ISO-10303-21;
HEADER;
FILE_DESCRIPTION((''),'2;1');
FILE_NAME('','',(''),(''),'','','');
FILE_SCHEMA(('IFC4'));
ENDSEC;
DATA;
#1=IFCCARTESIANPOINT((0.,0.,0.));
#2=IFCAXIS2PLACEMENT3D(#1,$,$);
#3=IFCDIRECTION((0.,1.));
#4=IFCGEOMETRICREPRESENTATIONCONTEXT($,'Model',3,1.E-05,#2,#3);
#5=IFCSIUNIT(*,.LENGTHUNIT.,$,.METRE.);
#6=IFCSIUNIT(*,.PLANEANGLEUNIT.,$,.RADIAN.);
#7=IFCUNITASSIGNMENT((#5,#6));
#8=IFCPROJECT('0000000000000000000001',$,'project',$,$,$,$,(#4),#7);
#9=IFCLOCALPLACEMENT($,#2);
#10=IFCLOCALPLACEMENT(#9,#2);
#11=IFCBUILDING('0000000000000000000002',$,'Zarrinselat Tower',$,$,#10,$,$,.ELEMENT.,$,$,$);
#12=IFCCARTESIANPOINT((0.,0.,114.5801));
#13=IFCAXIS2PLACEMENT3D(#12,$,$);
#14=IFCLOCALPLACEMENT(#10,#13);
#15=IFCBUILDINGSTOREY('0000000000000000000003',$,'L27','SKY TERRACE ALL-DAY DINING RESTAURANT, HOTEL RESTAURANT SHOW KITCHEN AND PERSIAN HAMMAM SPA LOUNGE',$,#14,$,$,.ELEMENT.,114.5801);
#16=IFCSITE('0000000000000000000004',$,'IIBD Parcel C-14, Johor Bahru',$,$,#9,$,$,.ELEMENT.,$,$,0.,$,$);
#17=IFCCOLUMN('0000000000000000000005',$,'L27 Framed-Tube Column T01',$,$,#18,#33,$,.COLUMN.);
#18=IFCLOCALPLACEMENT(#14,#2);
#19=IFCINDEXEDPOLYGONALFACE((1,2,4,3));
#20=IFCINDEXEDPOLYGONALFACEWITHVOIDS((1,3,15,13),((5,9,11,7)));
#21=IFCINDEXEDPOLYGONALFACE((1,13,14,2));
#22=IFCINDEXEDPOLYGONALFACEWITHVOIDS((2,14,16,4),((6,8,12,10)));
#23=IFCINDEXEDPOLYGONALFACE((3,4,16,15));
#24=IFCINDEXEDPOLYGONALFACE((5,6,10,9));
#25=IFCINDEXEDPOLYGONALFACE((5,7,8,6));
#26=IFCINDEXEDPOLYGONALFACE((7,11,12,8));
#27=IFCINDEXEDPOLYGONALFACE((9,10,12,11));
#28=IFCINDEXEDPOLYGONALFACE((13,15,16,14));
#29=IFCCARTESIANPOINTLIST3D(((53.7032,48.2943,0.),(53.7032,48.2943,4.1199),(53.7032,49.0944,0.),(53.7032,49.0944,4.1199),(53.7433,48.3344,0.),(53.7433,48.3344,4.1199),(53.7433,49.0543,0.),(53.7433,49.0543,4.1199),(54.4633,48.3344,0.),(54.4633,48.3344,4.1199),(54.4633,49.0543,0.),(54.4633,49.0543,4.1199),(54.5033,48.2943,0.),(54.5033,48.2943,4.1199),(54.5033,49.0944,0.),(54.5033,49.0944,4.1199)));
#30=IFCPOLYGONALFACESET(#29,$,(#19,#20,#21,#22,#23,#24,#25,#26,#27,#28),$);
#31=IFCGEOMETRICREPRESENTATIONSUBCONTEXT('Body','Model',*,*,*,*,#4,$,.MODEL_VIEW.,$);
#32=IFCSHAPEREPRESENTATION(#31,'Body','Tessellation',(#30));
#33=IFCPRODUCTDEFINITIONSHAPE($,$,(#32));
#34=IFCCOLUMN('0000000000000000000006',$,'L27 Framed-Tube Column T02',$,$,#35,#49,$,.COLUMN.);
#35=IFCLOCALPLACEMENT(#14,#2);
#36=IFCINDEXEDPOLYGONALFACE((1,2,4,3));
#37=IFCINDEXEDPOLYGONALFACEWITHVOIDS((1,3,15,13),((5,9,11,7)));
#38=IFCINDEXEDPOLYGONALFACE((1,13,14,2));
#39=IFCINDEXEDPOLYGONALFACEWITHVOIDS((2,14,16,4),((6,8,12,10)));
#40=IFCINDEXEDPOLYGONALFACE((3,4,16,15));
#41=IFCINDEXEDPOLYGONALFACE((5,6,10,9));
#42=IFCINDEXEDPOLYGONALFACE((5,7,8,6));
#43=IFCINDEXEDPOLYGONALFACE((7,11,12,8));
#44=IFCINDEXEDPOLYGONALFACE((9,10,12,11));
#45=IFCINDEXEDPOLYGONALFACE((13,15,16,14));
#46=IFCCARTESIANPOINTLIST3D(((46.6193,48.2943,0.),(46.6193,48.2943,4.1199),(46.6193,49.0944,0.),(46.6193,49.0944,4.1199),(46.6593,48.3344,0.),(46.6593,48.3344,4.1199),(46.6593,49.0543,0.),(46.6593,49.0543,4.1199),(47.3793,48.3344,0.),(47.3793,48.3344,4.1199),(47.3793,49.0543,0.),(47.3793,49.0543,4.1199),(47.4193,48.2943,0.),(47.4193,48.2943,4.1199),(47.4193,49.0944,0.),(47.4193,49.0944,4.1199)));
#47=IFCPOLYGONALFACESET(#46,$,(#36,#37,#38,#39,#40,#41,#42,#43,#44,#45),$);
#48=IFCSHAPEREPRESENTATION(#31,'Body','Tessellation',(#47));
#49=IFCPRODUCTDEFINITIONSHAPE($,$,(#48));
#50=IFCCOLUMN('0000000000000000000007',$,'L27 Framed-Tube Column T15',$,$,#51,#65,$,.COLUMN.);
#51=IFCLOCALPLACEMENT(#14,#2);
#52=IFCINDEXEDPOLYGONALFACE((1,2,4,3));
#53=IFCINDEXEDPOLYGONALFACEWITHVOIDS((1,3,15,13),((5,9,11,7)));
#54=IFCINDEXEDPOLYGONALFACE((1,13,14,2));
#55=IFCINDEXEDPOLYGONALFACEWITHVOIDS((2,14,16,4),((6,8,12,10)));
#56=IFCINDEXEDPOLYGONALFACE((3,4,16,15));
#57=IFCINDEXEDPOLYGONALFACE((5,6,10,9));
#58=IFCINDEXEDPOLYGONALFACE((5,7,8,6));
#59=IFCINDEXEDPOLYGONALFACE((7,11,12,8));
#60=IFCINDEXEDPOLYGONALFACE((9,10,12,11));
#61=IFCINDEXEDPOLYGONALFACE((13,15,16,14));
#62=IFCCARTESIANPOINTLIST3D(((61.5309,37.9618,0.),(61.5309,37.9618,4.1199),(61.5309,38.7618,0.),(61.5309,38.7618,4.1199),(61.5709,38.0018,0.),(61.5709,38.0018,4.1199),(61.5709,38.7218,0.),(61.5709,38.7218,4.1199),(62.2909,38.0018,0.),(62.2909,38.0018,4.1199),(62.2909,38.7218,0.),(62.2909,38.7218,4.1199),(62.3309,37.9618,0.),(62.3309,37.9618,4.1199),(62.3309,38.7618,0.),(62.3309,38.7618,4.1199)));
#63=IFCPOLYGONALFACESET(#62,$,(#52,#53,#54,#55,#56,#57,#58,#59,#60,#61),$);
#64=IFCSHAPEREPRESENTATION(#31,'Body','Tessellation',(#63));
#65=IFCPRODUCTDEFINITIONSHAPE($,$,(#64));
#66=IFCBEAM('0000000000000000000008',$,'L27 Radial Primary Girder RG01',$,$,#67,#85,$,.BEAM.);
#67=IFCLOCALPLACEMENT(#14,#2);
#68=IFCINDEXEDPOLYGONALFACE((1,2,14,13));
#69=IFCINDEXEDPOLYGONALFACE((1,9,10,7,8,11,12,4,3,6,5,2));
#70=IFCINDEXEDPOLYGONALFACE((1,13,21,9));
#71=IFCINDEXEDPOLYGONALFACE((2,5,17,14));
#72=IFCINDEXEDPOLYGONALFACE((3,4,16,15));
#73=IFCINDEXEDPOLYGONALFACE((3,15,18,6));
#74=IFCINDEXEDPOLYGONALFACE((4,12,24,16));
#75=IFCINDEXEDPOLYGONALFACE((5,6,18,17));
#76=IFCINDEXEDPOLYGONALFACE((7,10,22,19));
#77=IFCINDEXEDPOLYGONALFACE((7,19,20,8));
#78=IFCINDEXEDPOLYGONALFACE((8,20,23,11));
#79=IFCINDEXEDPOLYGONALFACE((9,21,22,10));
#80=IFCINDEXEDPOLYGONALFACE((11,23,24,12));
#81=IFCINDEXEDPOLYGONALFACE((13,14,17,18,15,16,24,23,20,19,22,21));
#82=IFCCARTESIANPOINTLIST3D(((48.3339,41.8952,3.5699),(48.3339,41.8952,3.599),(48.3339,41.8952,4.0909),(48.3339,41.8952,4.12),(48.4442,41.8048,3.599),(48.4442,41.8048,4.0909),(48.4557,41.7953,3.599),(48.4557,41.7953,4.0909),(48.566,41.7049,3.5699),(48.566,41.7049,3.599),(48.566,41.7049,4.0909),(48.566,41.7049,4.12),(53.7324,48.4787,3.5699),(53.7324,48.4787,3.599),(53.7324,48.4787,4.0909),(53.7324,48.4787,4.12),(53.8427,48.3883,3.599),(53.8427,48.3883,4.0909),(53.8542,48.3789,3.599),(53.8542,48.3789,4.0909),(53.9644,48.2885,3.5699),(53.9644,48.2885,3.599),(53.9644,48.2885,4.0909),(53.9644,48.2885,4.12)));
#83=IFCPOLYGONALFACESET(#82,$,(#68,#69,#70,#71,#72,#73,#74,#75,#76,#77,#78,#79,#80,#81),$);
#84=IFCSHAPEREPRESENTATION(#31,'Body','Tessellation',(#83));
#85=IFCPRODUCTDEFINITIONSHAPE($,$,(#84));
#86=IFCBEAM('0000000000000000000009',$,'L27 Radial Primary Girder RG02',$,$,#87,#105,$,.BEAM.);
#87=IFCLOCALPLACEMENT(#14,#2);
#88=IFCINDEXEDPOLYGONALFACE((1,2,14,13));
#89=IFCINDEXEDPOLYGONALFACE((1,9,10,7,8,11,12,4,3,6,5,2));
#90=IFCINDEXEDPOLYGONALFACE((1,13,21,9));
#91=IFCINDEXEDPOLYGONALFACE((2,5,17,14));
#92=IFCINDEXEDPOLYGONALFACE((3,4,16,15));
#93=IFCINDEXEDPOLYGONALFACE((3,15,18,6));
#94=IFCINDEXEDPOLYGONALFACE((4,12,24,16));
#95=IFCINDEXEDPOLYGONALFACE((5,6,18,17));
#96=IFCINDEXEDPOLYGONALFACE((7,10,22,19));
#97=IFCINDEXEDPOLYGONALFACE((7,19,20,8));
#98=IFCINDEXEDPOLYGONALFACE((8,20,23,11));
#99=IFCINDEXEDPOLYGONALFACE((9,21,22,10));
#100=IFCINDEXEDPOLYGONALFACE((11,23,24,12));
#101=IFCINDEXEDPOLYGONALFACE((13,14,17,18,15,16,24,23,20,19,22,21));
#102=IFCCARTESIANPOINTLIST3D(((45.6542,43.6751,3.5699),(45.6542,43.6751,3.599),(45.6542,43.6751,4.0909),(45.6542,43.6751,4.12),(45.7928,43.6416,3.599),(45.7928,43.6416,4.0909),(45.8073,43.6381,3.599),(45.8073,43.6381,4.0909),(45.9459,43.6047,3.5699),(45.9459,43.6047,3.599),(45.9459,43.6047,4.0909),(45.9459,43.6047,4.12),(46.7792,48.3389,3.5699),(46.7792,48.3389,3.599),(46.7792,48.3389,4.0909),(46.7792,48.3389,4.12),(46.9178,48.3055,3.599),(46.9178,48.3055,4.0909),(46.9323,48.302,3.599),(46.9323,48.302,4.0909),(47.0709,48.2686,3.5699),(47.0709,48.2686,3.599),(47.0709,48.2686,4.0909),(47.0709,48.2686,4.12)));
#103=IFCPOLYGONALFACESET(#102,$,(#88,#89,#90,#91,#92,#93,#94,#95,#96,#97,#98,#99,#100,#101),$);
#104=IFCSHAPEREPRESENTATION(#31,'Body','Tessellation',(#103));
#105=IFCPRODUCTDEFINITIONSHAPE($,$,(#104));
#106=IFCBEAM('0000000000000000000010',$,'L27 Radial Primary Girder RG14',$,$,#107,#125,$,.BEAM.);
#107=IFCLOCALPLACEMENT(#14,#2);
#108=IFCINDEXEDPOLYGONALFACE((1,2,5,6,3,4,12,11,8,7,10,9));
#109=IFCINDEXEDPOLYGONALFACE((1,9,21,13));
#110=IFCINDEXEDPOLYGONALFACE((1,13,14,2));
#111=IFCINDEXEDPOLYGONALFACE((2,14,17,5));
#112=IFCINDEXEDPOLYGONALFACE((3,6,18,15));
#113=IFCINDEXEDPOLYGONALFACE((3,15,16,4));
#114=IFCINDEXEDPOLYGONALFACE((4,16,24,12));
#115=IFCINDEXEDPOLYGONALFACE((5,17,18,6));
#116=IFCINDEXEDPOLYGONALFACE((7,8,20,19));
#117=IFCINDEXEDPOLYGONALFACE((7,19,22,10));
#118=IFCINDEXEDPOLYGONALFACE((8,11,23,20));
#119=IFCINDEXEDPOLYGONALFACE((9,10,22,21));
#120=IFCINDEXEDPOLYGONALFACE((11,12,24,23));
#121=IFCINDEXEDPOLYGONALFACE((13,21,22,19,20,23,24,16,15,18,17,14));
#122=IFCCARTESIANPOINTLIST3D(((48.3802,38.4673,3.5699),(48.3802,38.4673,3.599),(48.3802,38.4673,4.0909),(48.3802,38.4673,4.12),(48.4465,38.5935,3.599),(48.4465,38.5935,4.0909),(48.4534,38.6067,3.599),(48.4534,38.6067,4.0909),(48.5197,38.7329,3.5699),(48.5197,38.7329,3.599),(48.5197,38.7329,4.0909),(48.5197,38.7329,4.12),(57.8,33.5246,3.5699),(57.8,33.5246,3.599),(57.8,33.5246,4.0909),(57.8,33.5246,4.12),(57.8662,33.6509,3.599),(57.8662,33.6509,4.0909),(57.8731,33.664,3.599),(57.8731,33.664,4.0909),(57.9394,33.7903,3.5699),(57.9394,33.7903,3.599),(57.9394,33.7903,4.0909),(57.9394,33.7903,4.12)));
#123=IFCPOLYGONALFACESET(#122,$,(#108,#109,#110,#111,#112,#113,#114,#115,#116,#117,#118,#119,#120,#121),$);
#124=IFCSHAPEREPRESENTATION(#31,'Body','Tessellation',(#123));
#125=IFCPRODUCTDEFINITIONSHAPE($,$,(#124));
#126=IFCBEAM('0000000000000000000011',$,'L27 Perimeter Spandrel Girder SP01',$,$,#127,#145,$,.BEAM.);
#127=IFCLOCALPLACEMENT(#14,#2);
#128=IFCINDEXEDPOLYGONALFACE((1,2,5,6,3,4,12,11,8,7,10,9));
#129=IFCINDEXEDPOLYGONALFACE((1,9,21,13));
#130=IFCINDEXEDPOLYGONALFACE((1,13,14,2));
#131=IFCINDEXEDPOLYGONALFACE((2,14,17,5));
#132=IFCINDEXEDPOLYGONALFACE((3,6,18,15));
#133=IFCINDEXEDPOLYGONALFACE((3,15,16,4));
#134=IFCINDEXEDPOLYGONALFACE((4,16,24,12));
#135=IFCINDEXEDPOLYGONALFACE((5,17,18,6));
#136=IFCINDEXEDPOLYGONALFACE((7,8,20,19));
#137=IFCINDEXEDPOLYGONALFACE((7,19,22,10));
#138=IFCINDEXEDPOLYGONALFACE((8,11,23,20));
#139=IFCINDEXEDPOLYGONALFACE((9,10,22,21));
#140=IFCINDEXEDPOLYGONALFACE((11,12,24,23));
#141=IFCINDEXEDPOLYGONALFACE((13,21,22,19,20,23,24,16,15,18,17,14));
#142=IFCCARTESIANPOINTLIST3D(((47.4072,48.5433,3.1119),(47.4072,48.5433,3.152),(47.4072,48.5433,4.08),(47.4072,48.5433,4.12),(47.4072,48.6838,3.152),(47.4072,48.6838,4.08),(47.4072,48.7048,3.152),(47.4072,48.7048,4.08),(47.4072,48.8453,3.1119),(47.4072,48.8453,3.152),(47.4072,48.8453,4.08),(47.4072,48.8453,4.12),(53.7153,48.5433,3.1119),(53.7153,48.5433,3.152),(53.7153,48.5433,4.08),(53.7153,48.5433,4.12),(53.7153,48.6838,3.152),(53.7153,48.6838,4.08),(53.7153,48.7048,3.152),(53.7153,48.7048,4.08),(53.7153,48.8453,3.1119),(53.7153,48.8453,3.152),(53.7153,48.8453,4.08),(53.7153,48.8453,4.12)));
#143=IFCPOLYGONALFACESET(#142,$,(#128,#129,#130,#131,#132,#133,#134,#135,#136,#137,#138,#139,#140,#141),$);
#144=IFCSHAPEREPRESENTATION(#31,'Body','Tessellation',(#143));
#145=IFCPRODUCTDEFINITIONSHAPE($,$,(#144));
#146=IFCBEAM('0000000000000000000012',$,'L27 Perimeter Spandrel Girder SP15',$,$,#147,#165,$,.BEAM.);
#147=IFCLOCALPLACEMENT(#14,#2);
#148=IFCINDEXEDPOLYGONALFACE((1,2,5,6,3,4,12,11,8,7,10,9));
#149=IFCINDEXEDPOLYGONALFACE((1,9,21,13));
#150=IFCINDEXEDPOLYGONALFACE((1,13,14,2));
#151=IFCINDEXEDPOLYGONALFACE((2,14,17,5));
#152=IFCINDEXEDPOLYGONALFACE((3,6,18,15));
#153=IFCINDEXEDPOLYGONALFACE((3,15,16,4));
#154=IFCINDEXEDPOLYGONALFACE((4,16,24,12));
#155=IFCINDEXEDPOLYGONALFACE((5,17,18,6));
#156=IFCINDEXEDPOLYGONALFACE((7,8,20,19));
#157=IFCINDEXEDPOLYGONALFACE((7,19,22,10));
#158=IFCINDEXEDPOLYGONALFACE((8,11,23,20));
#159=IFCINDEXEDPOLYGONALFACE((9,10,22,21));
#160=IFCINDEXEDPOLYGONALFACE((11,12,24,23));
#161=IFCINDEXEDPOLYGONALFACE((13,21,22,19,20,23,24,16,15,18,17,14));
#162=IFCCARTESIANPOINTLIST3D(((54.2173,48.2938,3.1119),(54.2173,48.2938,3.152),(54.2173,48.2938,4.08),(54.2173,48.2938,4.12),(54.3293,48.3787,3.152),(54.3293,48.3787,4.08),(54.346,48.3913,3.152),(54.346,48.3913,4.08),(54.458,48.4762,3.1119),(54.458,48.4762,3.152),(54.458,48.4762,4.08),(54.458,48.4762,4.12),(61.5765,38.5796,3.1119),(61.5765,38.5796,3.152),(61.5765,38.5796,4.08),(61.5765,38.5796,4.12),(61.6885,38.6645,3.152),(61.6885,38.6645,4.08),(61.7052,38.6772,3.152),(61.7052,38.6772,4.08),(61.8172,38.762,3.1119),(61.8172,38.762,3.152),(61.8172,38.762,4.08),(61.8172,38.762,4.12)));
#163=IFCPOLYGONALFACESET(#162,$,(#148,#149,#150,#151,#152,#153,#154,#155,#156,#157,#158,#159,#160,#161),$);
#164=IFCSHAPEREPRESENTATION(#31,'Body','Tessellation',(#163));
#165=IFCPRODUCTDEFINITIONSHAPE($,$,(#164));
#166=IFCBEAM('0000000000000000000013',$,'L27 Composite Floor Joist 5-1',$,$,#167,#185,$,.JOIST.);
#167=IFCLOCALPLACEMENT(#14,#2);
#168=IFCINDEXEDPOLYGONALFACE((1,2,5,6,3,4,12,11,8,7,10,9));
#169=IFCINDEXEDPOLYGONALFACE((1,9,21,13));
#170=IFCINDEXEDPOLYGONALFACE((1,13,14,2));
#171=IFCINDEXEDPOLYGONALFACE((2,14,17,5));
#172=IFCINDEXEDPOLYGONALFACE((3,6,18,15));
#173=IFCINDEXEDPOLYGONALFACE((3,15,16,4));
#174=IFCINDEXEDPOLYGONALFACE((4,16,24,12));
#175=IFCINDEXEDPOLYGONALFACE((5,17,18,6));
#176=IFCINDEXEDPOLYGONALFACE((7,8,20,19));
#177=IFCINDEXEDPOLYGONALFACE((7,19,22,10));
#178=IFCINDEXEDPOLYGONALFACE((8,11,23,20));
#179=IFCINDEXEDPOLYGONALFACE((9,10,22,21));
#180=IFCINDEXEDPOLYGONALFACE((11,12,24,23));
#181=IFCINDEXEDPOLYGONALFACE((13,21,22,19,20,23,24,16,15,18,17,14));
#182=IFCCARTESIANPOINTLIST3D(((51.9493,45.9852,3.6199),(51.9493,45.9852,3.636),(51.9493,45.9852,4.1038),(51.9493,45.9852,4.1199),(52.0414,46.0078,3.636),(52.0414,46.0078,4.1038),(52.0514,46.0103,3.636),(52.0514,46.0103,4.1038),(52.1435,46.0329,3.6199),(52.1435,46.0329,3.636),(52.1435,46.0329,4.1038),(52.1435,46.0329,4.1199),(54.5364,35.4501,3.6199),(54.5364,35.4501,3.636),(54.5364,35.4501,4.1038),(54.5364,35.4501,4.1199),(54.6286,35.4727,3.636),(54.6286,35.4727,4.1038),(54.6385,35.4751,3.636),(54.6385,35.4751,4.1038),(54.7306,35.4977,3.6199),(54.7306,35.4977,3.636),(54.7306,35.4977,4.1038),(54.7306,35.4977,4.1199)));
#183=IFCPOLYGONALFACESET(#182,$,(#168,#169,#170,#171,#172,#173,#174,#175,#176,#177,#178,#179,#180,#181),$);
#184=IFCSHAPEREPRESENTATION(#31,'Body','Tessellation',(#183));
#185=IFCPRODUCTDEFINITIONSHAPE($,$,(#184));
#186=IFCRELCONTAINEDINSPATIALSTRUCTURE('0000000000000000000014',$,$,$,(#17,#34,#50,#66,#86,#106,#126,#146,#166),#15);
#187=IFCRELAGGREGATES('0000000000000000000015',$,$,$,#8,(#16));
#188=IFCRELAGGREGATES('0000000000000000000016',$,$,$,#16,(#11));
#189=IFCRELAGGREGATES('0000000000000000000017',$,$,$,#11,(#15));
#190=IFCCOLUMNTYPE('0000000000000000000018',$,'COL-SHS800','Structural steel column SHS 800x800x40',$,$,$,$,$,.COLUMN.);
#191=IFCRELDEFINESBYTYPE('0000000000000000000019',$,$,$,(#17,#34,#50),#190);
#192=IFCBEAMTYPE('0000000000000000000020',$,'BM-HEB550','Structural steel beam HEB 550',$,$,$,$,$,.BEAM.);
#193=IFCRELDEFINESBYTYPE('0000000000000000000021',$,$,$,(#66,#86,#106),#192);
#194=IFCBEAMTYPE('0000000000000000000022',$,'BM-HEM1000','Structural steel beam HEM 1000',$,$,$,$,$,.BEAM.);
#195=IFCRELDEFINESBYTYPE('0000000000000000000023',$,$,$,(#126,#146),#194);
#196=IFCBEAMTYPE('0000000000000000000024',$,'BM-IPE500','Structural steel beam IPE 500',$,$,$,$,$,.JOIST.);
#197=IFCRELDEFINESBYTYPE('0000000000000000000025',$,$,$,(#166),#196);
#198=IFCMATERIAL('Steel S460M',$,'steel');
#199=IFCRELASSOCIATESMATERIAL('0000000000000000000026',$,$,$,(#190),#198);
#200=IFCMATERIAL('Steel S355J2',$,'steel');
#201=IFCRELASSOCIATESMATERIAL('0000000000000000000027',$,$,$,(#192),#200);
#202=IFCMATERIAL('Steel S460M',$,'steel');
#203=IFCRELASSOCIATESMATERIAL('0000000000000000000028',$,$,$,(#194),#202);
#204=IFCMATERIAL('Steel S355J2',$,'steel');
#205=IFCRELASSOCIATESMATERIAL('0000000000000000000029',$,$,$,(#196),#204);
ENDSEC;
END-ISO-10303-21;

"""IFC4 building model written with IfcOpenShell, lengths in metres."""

from ifc_helpers import new_model, si_unit, direction, frame, origin, origin_2d, place, context, subcontext, project, spatial, hollow_rectangle, i_section, extrude, material, material_profile, profile_set, type_object, element, save


model = new_model("IFC4")

# Units and contexts
model_context = context("Model", 3, precision=1e-05, world=origin(), true_north=direction((0.0, 1.0)))
body_context = subcontext(model_context, "Body", "Model", "MODEL_VIEW")
ifc_project = project(units=[si_unit("LENGTHUNIT", "METRE"), si_unit("PLANEANGLEUNIT", "RADIAN")], contexts=[model_context])

# Site, building, storey
site_placement = place(None, origin())
site = spatial("IfcSite", under=ifc_project, at=site_placement, Name="IIBD Parcel C-14, Johor Bahru", CompositionType="ELEMENT", RefElevation=0.0)
building_placement = place(site_placement, origin())
building = spatial("IfcBuilding", under=site, at=building_placement, Name="Zarrinselat Tower", CompositionType="ELEMENT")
storey_placement = place(building_placement, frame((0.0, 0.0, 114.5801)))
storey = spatial("IfcBuildingStorey", under=building, at=storey_placement, Name="L27", Description="SKY TERRACE ALL-DAY DINING RESTAURANT, HOTEL RESTAURANT SHOW KITCHEN AND PERSIAN HAMMAM SPA LOUNGE", CompositionType="ELEMENT", Elevation=114.5801)

# Columns
ifc_material_1 = material(Name="Steel S460M", Category="steel")
ifc_material_profile_1 = material_profile(ifc_material_1, hollow_rectangle(XDim=0.8, YDim=0.8, WallThickness=0.04, at=origin_2d()), Name="SHS 800x800x40")
ifc_profile_set_1 = profile_set([ifc_material_profile_1], Name="Steel S460M")
column_type = type_object("IfcColumnType", Name="COL-SHS800", Description="Structural steel column SHS 800x800x40", PredefinedType="COLUMN", material=ifc_profile_set_1)
for number, where, z_axis, x_axis, name in (
    (1, (54.1033, 48.6943, 0.0), (0.0, 0.0, 1.0), (1.0, 0.0, 0.0), "L27 Framed-Tube Column T01"),
    (2, (47.0193, 48.6943, 0.0), (0.0, 0.0, 1.0), (1.0, 0.0, 0.0), "L27 Framed-Tube Column T02"),
    (3, (61.9309, 38.3618, 0.0), (0.0, 0.0, 1.0), (1.0, 0.0, 0.0), "L27 Framed-Tube Column T15"),
):
    element("IfcColumn", number, at=place(storey_placement, frame(where, z_axis=z_axis, x_axis=x_axis)), inside=storey, type_object=column_type, Name=name, PredefinedType="COLUMN", context=body_context, shape_type="SweptSolid", body=[
        extrude(hollow_rectangle(XDim=0.8, YDim=0.8, WallThickness=0.04, at=origin_2d()), origin(), (0.0, 0.0, 1.0), 4.1199),
    ])

# Beams
ifc_material_2 = material(Name="Steel S355J2", Category="steel")
ifc_material_profile_2 = material_profile(ifc_material_2, i_section(OverallWidth=0.3, OverallDepth=0.55, WebThickness=0.0149, FlangeThickness=0.0291, at=origin_2d()), Name="HEB 550")
ifc_profile_set_2 = profile_set([ifc_material_profile_2], Name="Steel S355J2")
beam_type_1 = type_object("IfcBeamType", Name="BM-HEB550", Description="Structural steel beam HEB 550", PredefinedType="BEAM", material=ifc_profile_set_2)
beam_1_placement = place(storey_placement, frame((48.45, 41.8, 3.845), z_axis=(0.634078, 0.773269, 0.0), x_axis=(-0.773269, 0.634078, 0.0)))
element("IfcBeam", 4, at=beam_1_placement, inside=storey, type_object=beam_type_1, Name="L27 Radial Primary Girder RG01", PredefinedType="BEAM", context=body_context, shape_type="SweptSolid", body=[
    extrude(i_section(OverallWidth=0.3, OverallDepth=0.55, WebThickness=0.0149, FlangeThickness=0.0291, at=origin_2d()), origin(), (0.0, 0.0, 1.0), 8.5139),
])
beam_2_placement = place(storey_placement, frame((45.8, 43.6399, 3.845), z_axis=(0.234493, 0.972118, 0.0), x_axis=(-0.972118, 0.234493, 0.0)))
element("IfcBeam", 5, at=beam_2_placement, inside=storey, type_object=beam_type_1, Name="L27 Radial Primary Girder RG02", PredefinedType="BEAM", context=body_context, shape_type="SweptSolid", body=[
    extrude(i_section(OverallWidth=0.3, OverallDepth=0.55, WebThickness=0.0149, FlangeThickness=0.0291, at=origin_2d()), origin(), (0.0, 0.0, 1.0), 4.7976),
])
beam_3_placement = place(storey_placement, frame((48.45, 38.6001, 3.845), z_axis=(0.885502, -0.464635, 0.0), x_axis=(0.464635, 0.885502, 0.0)))
element("IfcBeam", 6, at=beam_3_placement, inside=storey, type_object=beam_type_1, Name="L27 Radial Primary Girder RG14", PredefinedType="BEAM", context=body_context, shape_type="SweptSolid", body=[
    extrude(i_section(OverallWidth=0.3, OverallDepth=0.55, WebThickness=0.0149, FlangeThickness=0.0291, at=origin_2d()), origin(), (0.0, 0.0, 1.0), 10.6377),
])
ifc_material_3 = material(Name="Steel S460M", Category="steel")
ifc_material_profile_3 = material_profile(ifc_material_3, i_section(OverallWidth=0.302, OverallDepth=1.0081, WebThickness=0.021, FlangeThickness=0.04, at=origin_2d()), Name="HEM 1000")
ifc_profile_set_3 = profile_set([ifc_material_profile_3], Name="Steel S460M")
beam_type_2 = type_object("IfcBeamType", Name="BM-HEM1000", Description="Structural steel beam HEM 1000", PredefinedType="BEAM", material=ifc_profile_set_3)
beam_4_placement = place(storey_placement, frame((47.4072, 48.6943, 3.616), z_axis=(1.0, 0.0, 0.0), x_axis=(0.0, 1.0, 0.0)))
element("IfcBeam", 7, at=beam_4_placement, inside=storey, type_object=beam_type_2, Name="L27 Perimeter Spandrel Girder SP01", PredefinedType="BEAM", context=body_context, shape_type="SweptSolid", body=[
    extrude(i_section(OverallWidth=0.302, OverallDepth=1.0081, WebThickness=0.021, FlangeThickness=0.04, at=origin_2d()), origin(), (0.0, 0.0, 1.0), 6.3081),
])
beam_5_placement = place(storey_placement, frame((54.3376, 48.385, 3.616), z_axis=(0.603855, -0.797094, 0.0), x_axis=(0.797094, 0.603855, 0.0)))
element("IfcBeam", 8, at=beam_5_placement, inside=storey, type_object=beam_type_2, Name="L27 Perimeter Spandrel Girder SP15", PredefinedType="BEAM", context=body_context, shape_type="SweptSolid", body=[
    extrude(i_section(OverallWidth=0.302, OverallDepth=1.0081, WebThickness=0.021, FlangeThickness=0.04, at=origin_2d()), origin(), (0.0, 0.0, 1.0), 12.187),
])
ifc_material_4 = material(Name="Steel S355J2", Category="steel")
ifc_material_profile_4 = material_profile(ifc_material_4, i_section(OverallWidth=0.2, OverallDepth=0.5, WebThickness=0.0103, FlangeThickness=0.0161, at=origin_2d()), Name="IPE 500")
ifc_profile_set_4 = profile_set([ifc_material_profile_4], Name="Steel S355J2")
beam_type_3 = type_object("IfcBeamType", Name="BM-IPE500", Description="Structural steel beam IPE 500", PredefinedType="JOIST", material=ifc_profile_set_4)
beam_6_placement = place(storey_placement, frame((52.0464, 46.009, 3.8699), z_axis=(0.238488, -0.971145, 0.0), x_axis=(0.971145, 0.238488, 0.0)))
element("IfcBeam", 9, at=beam_6_placement, inside=storey, type_object=beam_type_3, Name="L27 Composite Floor Joist 5-1", PredefinedType="JOIST", context=body_context, shape_type="SweptSolid", body=[
    extrude(i_section(OverallWidth=0.2, OverallDepth=0.5, WebThickness=0.0103, FlangeThickness=0.0161, at=origin_2d()), origin(), (0.0, 0.0, 1.0), 10.8481),
])

save(model, "model.ifc")
